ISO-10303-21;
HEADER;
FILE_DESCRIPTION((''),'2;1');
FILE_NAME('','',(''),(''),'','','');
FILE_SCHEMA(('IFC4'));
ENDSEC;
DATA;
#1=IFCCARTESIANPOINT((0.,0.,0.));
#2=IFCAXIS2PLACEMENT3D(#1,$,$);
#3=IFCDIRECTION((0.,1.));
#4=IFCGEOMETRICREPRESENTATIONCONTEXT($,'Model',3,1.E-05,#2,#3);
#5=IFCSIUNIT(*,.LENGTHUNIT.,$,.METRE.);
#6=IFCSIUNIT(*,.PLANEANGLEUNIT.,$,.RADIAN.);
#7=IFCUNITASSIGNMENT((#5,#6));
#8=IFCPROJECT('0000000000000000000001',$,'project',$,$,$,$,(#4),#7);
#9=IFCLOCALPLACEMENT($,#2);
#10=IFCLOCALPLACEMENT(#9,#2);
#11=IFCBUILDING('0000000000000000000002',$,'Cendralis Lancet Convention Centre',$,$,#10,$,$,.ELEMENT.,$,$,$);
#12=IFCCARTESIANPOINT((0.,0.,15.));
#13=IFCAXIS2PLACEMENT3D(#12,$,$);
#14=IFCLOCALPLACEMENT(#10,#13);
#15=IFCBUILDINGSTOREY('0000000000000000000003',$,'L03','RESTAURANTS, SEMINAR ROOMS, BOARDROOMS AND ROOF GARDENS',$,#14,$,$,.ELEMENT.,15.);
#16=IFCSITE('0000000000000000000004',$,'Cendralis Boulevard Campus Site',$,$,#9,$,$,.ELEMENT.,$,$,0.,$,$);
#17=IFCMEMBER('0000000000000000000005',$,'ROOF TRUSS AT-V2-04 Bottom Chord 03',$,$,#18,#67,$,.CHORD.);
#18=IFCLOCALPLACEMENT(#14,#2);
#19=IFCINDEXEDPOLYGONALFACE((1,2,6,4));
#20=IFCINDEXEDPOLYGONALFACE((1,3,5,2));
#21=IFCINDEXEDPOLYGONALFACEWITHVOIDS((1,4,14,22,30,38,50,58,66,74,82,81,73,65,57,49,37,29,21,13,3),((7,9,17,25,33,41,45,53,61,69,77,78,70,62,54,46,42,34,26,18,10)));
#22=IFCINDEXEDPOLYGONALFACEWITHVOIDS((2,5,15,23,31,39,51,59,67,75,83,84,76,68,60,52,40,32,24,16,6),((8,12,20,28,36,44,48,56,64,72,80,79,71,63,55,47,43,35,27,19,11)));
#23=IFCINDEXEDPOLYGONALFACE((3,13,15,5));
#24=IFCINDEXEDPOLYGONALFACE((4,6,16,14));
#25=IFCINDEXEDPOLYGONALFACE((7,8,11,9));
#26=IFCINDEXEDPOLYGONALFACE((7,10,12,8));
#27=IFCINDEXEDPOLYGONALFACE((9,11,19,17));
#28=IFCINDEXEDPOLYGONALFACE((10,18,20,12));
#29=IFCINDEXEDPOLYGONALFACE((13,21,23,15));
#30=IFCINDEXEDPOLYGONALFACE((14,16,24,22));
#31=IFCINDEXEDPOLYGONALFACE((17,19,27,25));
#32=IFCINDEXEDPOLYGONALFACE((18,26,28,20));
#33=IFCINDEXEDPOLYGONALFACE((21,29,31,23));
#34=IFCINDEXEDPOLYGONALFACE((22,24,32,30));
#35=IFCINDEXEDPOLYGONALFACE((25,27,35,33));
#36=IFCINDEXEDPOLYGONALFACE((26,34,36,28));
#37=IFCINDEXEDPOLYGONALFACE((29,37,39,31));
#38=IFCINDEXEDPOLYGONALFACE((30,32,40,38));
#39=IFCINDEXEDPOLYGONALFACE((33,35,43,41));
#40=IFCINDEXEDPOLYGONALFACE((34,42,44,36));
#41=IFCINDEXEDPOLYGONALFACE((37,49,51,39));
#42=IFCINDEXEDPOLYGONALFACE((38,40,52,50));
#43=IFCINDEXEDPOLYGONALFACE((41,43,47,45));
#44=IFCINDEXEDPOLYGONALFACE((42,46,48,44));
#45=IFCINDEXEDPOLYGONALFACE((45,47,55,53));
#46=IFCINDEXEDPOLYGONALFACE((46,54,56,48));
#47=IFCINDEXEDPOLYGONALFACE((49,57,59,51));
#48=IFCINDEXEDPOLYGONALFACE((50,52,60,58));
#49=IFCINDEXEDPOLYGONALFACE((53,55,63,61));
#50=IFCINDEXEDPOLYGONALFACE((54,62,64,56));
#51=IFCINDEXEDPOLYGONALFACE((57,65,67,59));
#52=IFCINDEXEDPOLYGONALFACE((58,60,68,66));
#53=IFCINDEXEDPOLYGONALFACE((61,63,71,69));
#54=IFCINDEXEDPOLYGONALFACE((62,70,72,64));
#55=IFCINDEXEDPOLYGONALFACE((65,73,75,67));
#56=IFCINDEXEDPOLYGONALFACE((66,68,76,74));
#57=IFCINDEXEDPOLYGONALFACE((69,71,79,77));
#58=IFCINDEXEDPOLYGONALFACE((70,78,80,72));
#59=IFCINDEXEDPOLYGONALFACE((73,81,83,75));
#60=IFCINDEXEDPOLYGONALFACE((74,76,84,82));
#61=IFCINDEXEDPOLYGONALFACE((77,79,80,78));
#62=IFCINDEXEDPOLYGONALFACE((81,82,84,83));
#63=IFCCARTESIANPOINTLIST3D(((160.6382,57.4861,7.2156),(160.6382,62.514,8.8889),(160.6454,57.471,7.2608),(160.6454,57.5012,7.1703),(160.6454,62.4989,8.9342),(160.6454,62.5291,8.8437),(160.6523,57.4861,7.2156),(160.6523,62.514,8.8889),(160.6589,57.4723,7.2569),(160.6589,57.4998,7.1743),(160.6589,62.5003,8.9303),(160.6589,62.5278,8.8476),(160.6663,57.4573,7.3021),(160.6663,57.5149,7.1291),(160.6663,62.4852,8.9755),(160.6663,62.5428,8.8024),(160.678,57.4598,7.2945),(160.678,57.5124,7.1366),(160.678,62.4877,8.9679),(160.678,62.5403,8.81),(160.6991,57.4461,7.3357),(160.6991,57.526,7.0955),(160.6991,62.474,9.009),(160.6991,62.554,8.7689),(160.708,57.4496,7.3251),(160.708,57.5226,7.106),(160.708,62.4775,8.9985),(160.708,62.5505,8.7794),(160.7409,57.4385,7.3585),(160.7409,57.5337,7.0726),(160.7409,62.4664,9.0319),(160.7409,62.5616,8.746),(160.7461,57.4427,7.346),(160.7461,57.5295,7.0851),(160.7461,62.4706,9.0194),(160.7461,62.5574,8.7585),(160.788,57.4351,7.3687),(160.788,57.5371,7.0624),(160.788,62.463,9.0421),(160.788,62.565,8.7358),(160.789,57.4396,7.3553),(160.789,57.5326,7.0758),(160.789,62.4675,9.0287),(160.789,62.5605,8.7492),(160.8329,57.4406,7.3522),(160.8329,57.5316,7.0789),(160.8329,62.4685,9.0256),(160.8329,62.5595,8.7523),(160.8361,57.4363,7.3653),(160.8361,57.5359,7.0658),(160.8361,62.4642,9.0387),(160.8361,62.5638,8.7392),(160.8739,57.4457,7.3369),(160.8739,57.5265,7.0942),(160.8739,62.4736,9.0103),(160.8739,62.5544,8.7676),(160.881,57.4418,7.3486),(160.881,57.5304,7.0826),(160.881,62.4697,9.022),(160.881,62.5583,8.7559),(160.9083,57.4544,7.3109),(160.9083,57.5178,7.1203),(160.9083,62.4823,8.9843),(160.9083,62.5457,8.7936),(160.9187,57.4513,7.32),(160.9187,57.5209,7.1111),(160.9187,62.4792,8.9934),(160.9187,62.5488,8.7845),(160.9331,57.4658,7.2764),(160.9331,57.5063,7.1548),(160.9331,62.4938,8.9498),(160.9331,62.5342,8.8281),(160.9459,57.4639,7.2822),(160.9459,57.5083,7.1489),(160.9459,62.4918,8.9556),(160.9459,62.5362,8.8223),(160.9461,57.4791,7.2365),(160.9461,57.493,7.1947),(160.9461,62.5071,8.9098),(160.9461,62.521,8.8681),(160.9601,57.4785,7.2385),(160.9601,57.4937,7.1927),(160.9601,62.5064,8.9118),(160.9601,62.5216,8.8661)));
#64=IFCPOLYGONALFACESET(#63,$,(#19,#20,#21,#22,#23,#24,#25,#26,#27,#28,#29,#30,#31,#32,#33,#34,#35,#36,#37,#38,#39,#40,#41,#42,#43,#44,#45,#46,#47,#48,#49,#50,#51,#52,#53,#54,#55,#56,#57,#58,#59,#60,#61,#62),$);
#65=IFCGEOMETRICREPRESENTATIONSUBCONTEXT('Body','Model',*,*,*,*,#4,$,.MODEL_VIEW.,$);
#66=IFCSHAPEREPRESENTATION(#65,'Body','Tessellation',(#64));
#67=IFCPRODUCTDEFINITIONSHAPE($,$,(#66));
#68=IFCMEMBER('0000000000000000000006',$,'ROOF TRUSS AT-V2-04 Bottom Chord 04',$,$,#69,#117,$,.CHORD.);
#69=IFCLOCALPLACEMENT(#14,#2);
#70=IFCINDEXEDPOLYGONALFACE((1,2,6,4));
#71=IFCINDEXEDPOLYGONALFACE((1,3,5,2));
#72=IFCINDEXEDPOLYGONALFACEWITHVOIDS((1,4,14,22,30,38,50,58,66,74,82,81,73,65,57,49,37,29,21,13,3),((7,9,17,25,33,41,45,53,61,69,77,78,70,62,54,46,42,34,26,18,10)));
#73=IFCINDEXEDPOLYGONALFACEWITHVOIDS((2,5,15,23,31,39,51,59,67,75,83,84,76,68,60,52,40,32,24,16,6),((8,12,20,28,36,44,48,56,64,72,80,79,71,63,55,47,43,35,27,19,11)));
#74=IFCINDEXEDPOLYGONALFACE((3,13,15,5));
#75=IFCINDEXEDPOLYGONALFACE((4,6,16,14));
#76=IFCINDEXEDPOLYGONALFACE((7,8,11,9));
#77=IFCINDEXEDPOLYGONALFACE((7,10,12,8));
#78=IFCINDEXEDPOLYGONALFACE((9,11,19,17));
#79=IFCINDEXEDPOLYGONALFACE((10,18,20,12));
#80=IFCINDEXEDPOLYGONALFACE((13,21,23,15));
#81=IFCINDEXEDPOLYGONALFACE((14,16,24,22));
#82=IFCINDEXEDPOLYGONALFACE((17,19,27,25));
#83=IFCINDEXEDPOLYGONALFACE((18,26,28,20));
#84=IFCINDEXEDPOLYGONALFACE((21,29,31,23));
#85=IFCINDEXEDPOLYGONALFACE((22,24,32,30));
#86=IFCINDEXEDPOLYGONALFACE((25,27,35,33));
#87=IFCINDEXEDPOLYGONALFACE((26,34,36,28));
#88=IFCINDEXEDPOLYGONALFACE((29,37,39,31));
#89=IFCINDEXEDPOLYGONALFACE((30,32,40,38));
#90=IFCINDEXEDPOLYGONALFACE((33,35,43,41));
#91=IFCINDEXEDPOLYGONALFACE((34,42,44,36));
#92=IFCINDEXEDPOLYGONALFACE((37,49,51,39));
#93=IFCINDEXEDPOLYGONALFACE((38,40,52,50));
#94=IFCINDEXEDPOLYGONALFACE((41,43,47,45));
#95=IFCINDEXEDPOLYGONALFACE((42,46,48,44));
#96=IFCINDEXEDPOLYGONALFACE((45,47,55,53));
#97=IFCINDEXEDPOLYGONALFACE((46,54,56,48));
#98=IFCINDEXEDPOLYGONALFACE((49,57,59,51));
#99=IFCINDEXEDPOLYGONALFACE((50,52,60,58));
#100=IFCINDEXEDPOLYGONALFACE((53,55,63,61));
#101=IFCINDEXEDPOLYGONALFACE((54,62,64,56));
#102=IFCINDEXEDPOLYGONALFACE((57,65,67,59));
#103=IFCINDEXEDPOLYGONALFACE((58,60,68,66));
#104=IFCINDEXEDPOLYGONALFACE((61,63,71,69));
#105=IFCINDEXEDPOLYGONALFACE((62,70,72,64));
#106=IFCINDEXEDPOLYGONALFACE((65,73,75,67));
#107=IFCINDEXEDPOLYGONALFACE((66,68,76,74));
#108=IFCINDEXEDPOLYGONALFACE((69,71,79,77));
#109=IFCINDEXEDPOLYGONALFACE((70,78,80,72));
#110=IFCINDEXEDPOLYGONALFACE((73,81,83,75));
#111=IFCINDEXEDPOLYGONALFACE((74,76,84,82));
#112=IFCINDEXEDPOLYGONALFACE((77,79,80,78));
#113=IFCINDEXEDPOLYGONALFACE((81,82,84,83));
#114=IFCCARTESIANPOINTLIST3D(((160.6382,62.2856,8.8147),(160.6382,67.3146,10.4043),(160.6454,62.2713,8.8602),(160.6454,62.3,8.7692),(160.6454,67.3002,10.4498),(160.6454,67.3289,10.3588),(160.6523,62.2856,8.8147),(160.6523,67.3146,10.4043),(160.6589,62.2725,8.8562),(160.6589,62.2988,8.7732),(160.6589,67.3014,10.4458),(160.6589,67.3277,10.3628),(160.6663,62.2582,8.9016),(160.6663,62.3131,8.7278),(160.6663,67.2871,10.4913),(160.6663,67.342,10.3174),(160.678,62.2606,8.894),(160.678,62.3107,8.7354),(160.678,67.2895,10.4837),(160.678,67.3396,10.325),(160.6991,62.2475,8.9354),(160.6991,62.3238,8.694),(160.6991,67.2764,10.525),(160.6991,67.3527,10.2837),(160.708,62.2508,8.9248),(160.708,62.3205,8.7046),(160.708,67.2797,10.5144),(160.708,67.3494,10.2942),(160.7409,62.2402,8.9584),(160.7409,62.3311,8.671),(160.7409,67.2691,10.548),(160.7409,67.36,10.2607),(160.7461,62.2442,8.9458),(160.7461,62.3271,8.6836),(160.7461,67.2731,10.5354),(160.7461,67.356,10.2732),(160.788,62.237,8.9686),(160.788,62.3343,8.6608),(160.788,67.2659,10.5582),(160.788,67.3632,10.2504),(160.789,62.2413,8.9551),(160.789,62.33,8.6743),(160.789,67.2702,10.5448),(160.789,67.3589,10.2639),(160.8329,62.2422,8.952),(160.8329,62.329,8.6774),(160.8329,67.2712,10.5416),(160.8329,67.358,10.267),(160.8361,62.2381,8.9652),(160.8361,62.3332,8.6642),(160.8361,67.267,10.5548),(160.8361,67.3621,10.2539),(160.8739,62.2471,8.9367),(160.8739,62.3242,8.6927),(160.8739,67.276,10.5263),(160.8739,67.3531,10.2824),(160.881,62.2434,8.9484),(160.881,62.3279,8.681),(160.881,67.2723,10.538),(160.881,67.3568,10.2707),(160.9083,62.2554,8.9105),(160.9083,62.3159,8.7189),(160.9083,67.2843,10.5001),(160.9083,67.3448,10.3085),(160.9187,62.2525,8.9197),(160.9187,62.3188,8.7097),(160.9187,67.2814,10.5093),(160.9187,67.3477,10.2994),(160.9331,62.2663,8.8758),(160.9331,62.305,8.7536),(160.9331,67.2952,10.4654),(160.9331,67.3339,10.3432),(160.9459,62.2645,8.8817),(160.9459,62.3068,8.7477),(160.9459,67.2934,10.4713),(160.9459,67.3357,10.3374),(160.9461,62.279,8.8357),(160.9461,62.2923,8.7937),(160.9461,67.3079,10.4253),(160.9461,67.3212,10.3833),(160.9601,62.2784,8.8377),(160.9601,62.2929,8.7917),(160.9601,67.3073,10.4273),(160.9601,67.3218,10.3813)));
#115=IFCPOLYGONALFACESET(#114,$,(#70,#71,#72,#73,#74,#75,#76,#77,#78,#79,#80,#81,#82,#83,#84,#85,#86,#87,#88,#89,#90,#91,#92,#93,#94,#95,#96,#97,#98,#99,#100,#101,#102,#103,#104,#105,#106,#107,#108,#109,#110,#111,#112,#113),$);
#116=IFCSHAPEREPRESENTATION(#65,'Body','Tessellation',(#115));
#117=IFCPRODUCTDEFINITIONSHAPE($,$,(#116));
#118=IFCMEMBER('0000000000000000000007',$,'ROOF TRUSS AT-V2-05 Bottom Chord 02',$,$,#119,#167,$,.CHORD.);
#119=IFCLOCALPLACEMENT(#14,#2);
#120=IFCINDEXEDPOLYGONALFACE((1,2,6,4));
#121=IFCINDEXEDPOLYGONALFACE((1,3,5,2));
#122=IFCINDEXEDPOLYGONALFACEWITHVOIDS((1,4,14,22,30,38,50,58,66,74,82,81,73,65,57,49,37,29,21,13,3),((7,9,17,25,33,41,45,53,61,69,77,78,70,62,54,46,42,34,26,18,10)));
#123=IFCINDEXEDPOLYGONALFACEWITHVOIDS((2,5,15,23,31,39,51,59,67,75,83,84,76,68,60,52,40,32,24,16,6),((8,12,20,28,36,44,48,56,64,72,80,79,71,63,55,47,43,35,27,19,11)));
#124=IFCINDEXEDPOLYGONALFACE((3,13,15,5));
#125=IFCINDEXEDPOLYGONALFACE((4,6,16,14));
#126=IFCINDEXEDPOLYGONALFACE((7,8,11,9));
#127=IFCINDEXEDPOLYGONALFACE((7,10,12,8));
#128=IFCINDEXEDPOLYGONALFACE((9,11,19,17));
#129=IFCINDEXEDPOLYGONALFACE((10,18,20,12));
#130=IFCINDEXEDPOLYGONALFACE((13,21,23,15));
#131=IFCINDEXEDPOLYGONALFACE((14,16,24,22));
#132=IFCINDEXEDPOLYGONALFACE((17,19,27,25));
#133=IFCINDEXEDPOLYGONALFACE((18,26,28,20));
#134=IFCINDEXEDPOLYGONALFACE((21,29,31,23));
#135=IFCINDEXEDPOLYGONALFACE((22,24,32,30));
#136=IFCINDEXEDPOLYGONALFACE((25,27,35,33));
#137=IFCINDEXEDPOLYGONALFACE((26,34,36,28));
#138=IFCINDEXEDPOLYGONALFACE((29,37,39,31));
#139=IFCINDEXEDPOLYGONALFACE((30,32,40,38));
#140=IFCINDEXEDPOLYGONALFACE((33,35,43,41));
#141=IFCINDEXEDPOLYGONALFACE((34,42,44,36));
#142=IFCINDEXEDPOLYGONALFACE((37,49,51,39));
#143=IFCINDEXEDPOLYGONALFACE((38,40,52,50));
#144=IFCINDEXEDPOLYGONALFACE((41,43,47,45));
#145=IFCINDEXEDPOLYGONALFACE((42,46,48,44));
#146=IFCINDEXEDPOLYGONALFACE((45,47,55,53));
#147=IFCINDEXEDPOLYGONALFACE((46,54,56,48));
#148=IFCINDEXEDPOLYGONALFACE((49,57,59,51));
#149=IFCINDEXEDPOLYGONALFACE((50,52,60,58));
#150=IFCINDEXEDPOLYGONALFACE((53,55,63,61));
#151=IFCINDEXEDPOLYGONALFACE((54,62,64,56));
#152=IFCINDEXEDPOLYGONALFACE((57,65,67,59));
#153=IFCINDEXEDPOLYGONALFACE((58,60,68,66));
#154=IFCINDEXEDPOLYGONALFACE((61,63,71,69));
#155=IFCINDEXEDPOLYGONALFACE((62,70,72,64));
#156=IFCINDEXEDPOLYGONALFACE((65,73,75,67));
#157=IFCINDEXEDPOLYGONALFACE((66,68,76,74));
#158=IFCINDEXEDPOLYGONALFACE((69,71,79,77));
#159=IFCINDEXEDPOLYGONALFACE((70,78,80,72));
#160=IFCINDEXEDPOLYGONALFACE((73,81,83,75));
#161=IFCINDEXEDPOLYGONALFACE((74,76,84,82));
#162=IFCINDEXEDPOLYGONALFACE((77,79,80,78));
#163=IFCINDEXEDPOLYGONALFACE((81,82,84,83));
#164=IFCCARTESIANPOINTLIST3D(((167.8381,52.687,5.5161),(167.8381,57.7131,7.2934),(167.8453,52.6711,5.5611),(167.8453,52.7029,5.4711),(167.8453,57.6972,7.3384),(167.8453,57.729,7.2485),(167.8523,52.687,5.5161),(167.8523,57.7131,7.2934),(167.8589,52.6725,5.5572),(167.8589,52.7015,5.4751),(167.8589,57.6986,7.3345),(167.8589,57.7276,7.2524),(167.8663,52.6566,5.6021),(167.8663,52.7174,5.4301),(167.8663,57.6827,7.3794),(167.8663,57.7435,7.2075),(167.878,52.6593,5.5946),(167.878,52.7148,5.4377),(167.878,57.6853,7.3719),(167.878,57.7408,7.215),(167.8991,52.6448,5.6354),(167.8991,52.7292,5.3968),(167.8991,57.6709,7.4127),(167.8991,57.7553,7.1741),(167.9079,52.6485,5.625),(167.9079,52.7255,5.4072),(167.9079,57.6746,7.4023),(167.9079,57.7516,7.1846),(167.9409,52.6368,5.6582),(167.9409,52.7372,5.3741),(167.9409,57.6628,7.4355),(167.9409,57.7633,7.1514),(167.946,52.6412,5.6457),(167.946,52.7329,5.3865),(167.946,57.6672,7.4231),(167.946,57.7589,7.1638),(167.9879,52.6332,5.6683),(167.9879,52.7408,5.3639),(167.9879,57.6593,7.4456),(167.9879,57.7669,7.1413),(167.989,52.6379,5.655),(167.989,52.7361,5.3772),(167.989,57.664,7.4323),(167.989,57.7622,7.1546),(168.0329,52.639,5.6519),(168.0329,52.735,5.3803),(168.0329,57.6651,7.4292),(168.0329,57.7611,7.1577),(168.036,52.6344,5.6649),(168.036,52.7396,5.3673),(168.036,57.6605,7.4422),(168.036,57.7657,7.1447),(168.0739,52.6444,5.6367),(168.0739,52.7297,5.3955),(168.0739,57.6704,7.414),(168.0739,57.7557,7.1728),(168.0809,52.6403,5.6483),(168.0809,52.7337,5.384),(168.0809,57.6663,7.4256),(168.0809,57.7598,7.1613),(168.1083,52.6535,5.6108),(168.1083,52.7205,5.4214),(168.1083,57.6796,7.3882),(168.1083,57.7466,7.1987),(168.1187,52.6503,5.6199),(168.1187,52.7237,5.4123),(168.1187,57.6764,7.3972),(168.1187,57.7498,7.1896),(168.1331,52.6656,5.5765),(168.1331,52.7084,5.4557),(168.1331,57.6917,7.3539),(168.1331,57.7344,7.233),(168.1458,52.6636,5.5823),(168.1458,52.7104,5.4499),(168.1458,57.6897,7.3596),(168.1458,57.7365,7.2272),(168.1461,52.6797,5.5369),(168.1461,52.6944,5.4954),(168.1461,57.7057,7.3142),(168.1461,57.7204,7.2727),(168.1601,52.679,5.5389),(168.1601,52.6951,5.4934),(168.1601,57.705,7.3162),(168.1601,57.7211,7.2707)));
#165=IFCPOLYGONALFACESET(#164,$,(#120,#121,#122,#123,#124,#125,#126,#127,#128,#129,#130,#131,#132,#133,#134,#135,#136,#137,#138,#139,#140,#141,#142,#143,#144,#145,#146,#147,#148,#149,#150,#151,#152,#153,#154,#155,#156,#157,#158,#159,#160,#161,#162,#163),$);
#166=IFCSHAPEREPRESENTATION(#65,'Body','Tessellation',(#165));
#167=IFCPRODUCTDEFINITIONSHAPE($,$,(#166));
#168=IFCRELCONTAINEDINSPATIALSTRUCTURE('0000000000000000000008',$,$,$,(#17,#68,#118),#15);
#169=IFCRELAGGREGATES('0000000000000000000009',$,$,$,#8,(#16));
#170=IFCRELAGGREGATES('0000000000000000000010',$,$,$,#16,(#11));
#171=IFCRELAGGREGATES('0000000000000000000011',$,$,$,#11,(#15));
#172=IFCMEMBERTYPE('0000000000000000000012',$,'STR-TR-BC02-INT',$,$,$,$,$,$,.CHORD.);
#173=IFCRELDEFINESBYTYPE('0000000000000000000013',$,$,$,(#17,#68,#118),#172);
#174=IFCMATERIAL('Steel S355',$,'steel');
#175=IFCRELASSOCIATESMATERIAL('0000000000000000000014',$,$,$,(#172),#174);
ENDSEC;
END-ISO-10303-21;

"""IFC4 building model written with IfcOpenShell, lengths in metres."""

from ifc_helpers import new_model, si_unit, direction, frame, origin, origin_2d, place, context, subcontext, project, spatial, hollow_circle, extrude, material, material_profile, profile_set, type_object, element, save


model = new_model("IFC4")

# Units and contexts
model_context = context("Model", 3, precision=1e-05, world=origin(), true_north=direction((0.0, 1.0)))
body_context = subcontext(model_context, "Body", "Model", "MODEL_VIEW")
ifc_project = project(units=[si_unit("LENGTHUNIT", "METRE"), si_unit("PLANEANGLEUNIT", "RADIAN")], contexts=[model_context])

# Site, building, storey
site_placement = place(None, origin())
site = spatial("IfcSite", under=ifc_project, at=site_placement, Name="Cendralis Boulevard Campus Site", CompositionType="ELEMENT", RefElevation=0.0)
building_placement = place(site_placement, origin())
building = spatial("IfcBuilding", under=site, at=building_placement, Name="Cendralis Lancet Convention Centre", CompositionType="ELEMENT")
storey_placement = place(building_placement, frame((0.0, 0.0, 15.0)))
storey = spatial("IfcBuildingStorey", under=building, at=storey_placement, Name="L03", Description="RESTAURANTS, SEMINAR ROOMS, BOARDROOMS AND ROOF GARDENS", CompositionType="ELEMENT", Elevation=15.0)

# Members
ifc_material = material(Name="Steel S355", Category="steel")
ifc_material_profile_1 = material_profile(ifc_material, hollow_circle(Radius=0.1619, WallThickness=0.0142, at=origin_2d()), Name="CHS 323.9x14.2")
ifc_profile_set_1 = profile_set([ifc_material_profile_1], Name="Steel S355")
member_type_1 = type_object("IfcMemberType", Name="STR-TR-BC02-INT", PredefinedType="CHORD", material=ifc_profile_set_1)
member_1_placement = place(storey_placement, frame((160.8, 57.4861, 7.2156), z_axis=(0.0, 0.948831, 0.315785), x_axis=(-1.0, 0.0, 0.0)))
element("IfcMember", 1, at=member_1_placement, inside=storey, type_object=member_type_1, Name="ROOF TRUSS AT-V2-04 Bottom Chord 03", PredefinedType="CHORD", context=body_context, shape_type="SweptSolid", body=[
    extrude(hollow_circle(Radius=0.1619, WallThickness=0.0142, at=origin_2d()), origin(), (0.0, 0.0, 1.0), 5.2991),
])
member_2_placement = place(storey_placement, frame((160.8, 62.2856, 8.8147), z_axis=(0.0, 0.953498, 0.301399), x_axis=(-1.0, 0.0, 0.0)))
element("IfcMember", 2, at=member_2_placement, inside=storey, type_object=member_type_1, Name="ROOF TRUSS AT-V2-04 Bottom Chord 04", PredefinedType="CHORD", context=body_context, shape_type="SweptSolid", body=[
    extrude(hollow_circle(Radius=0.1619, WallThickness=0.0142, at=origin_2d()), origin(), (0.0, 0.0, 1.0), 5.2742),
])
member_3_placement = place(storey_placement, frame((168.0, 52.687, 5.5161), z_axis=(0.0, 0.942789, 0.33339), x_axis=(-1.0, 0.0, 0.0)))
element("IfcMember", 3, at=member_3_placement, inside=storey, type_object=member_type_1, Name="ROOF TRUSS AT-V2-05 Bottom Chord 02", PredefinedType="CHORD", context=body_context, shape_type="SweptSolid", body=[
    extrude(hollow_circle(Radius=0.1619, WallThickness=0.0142, at=origin_2d()), origin(), (0.0, 0.0, 1.0), 5.3311),
])

save(model, "model.ifc")
